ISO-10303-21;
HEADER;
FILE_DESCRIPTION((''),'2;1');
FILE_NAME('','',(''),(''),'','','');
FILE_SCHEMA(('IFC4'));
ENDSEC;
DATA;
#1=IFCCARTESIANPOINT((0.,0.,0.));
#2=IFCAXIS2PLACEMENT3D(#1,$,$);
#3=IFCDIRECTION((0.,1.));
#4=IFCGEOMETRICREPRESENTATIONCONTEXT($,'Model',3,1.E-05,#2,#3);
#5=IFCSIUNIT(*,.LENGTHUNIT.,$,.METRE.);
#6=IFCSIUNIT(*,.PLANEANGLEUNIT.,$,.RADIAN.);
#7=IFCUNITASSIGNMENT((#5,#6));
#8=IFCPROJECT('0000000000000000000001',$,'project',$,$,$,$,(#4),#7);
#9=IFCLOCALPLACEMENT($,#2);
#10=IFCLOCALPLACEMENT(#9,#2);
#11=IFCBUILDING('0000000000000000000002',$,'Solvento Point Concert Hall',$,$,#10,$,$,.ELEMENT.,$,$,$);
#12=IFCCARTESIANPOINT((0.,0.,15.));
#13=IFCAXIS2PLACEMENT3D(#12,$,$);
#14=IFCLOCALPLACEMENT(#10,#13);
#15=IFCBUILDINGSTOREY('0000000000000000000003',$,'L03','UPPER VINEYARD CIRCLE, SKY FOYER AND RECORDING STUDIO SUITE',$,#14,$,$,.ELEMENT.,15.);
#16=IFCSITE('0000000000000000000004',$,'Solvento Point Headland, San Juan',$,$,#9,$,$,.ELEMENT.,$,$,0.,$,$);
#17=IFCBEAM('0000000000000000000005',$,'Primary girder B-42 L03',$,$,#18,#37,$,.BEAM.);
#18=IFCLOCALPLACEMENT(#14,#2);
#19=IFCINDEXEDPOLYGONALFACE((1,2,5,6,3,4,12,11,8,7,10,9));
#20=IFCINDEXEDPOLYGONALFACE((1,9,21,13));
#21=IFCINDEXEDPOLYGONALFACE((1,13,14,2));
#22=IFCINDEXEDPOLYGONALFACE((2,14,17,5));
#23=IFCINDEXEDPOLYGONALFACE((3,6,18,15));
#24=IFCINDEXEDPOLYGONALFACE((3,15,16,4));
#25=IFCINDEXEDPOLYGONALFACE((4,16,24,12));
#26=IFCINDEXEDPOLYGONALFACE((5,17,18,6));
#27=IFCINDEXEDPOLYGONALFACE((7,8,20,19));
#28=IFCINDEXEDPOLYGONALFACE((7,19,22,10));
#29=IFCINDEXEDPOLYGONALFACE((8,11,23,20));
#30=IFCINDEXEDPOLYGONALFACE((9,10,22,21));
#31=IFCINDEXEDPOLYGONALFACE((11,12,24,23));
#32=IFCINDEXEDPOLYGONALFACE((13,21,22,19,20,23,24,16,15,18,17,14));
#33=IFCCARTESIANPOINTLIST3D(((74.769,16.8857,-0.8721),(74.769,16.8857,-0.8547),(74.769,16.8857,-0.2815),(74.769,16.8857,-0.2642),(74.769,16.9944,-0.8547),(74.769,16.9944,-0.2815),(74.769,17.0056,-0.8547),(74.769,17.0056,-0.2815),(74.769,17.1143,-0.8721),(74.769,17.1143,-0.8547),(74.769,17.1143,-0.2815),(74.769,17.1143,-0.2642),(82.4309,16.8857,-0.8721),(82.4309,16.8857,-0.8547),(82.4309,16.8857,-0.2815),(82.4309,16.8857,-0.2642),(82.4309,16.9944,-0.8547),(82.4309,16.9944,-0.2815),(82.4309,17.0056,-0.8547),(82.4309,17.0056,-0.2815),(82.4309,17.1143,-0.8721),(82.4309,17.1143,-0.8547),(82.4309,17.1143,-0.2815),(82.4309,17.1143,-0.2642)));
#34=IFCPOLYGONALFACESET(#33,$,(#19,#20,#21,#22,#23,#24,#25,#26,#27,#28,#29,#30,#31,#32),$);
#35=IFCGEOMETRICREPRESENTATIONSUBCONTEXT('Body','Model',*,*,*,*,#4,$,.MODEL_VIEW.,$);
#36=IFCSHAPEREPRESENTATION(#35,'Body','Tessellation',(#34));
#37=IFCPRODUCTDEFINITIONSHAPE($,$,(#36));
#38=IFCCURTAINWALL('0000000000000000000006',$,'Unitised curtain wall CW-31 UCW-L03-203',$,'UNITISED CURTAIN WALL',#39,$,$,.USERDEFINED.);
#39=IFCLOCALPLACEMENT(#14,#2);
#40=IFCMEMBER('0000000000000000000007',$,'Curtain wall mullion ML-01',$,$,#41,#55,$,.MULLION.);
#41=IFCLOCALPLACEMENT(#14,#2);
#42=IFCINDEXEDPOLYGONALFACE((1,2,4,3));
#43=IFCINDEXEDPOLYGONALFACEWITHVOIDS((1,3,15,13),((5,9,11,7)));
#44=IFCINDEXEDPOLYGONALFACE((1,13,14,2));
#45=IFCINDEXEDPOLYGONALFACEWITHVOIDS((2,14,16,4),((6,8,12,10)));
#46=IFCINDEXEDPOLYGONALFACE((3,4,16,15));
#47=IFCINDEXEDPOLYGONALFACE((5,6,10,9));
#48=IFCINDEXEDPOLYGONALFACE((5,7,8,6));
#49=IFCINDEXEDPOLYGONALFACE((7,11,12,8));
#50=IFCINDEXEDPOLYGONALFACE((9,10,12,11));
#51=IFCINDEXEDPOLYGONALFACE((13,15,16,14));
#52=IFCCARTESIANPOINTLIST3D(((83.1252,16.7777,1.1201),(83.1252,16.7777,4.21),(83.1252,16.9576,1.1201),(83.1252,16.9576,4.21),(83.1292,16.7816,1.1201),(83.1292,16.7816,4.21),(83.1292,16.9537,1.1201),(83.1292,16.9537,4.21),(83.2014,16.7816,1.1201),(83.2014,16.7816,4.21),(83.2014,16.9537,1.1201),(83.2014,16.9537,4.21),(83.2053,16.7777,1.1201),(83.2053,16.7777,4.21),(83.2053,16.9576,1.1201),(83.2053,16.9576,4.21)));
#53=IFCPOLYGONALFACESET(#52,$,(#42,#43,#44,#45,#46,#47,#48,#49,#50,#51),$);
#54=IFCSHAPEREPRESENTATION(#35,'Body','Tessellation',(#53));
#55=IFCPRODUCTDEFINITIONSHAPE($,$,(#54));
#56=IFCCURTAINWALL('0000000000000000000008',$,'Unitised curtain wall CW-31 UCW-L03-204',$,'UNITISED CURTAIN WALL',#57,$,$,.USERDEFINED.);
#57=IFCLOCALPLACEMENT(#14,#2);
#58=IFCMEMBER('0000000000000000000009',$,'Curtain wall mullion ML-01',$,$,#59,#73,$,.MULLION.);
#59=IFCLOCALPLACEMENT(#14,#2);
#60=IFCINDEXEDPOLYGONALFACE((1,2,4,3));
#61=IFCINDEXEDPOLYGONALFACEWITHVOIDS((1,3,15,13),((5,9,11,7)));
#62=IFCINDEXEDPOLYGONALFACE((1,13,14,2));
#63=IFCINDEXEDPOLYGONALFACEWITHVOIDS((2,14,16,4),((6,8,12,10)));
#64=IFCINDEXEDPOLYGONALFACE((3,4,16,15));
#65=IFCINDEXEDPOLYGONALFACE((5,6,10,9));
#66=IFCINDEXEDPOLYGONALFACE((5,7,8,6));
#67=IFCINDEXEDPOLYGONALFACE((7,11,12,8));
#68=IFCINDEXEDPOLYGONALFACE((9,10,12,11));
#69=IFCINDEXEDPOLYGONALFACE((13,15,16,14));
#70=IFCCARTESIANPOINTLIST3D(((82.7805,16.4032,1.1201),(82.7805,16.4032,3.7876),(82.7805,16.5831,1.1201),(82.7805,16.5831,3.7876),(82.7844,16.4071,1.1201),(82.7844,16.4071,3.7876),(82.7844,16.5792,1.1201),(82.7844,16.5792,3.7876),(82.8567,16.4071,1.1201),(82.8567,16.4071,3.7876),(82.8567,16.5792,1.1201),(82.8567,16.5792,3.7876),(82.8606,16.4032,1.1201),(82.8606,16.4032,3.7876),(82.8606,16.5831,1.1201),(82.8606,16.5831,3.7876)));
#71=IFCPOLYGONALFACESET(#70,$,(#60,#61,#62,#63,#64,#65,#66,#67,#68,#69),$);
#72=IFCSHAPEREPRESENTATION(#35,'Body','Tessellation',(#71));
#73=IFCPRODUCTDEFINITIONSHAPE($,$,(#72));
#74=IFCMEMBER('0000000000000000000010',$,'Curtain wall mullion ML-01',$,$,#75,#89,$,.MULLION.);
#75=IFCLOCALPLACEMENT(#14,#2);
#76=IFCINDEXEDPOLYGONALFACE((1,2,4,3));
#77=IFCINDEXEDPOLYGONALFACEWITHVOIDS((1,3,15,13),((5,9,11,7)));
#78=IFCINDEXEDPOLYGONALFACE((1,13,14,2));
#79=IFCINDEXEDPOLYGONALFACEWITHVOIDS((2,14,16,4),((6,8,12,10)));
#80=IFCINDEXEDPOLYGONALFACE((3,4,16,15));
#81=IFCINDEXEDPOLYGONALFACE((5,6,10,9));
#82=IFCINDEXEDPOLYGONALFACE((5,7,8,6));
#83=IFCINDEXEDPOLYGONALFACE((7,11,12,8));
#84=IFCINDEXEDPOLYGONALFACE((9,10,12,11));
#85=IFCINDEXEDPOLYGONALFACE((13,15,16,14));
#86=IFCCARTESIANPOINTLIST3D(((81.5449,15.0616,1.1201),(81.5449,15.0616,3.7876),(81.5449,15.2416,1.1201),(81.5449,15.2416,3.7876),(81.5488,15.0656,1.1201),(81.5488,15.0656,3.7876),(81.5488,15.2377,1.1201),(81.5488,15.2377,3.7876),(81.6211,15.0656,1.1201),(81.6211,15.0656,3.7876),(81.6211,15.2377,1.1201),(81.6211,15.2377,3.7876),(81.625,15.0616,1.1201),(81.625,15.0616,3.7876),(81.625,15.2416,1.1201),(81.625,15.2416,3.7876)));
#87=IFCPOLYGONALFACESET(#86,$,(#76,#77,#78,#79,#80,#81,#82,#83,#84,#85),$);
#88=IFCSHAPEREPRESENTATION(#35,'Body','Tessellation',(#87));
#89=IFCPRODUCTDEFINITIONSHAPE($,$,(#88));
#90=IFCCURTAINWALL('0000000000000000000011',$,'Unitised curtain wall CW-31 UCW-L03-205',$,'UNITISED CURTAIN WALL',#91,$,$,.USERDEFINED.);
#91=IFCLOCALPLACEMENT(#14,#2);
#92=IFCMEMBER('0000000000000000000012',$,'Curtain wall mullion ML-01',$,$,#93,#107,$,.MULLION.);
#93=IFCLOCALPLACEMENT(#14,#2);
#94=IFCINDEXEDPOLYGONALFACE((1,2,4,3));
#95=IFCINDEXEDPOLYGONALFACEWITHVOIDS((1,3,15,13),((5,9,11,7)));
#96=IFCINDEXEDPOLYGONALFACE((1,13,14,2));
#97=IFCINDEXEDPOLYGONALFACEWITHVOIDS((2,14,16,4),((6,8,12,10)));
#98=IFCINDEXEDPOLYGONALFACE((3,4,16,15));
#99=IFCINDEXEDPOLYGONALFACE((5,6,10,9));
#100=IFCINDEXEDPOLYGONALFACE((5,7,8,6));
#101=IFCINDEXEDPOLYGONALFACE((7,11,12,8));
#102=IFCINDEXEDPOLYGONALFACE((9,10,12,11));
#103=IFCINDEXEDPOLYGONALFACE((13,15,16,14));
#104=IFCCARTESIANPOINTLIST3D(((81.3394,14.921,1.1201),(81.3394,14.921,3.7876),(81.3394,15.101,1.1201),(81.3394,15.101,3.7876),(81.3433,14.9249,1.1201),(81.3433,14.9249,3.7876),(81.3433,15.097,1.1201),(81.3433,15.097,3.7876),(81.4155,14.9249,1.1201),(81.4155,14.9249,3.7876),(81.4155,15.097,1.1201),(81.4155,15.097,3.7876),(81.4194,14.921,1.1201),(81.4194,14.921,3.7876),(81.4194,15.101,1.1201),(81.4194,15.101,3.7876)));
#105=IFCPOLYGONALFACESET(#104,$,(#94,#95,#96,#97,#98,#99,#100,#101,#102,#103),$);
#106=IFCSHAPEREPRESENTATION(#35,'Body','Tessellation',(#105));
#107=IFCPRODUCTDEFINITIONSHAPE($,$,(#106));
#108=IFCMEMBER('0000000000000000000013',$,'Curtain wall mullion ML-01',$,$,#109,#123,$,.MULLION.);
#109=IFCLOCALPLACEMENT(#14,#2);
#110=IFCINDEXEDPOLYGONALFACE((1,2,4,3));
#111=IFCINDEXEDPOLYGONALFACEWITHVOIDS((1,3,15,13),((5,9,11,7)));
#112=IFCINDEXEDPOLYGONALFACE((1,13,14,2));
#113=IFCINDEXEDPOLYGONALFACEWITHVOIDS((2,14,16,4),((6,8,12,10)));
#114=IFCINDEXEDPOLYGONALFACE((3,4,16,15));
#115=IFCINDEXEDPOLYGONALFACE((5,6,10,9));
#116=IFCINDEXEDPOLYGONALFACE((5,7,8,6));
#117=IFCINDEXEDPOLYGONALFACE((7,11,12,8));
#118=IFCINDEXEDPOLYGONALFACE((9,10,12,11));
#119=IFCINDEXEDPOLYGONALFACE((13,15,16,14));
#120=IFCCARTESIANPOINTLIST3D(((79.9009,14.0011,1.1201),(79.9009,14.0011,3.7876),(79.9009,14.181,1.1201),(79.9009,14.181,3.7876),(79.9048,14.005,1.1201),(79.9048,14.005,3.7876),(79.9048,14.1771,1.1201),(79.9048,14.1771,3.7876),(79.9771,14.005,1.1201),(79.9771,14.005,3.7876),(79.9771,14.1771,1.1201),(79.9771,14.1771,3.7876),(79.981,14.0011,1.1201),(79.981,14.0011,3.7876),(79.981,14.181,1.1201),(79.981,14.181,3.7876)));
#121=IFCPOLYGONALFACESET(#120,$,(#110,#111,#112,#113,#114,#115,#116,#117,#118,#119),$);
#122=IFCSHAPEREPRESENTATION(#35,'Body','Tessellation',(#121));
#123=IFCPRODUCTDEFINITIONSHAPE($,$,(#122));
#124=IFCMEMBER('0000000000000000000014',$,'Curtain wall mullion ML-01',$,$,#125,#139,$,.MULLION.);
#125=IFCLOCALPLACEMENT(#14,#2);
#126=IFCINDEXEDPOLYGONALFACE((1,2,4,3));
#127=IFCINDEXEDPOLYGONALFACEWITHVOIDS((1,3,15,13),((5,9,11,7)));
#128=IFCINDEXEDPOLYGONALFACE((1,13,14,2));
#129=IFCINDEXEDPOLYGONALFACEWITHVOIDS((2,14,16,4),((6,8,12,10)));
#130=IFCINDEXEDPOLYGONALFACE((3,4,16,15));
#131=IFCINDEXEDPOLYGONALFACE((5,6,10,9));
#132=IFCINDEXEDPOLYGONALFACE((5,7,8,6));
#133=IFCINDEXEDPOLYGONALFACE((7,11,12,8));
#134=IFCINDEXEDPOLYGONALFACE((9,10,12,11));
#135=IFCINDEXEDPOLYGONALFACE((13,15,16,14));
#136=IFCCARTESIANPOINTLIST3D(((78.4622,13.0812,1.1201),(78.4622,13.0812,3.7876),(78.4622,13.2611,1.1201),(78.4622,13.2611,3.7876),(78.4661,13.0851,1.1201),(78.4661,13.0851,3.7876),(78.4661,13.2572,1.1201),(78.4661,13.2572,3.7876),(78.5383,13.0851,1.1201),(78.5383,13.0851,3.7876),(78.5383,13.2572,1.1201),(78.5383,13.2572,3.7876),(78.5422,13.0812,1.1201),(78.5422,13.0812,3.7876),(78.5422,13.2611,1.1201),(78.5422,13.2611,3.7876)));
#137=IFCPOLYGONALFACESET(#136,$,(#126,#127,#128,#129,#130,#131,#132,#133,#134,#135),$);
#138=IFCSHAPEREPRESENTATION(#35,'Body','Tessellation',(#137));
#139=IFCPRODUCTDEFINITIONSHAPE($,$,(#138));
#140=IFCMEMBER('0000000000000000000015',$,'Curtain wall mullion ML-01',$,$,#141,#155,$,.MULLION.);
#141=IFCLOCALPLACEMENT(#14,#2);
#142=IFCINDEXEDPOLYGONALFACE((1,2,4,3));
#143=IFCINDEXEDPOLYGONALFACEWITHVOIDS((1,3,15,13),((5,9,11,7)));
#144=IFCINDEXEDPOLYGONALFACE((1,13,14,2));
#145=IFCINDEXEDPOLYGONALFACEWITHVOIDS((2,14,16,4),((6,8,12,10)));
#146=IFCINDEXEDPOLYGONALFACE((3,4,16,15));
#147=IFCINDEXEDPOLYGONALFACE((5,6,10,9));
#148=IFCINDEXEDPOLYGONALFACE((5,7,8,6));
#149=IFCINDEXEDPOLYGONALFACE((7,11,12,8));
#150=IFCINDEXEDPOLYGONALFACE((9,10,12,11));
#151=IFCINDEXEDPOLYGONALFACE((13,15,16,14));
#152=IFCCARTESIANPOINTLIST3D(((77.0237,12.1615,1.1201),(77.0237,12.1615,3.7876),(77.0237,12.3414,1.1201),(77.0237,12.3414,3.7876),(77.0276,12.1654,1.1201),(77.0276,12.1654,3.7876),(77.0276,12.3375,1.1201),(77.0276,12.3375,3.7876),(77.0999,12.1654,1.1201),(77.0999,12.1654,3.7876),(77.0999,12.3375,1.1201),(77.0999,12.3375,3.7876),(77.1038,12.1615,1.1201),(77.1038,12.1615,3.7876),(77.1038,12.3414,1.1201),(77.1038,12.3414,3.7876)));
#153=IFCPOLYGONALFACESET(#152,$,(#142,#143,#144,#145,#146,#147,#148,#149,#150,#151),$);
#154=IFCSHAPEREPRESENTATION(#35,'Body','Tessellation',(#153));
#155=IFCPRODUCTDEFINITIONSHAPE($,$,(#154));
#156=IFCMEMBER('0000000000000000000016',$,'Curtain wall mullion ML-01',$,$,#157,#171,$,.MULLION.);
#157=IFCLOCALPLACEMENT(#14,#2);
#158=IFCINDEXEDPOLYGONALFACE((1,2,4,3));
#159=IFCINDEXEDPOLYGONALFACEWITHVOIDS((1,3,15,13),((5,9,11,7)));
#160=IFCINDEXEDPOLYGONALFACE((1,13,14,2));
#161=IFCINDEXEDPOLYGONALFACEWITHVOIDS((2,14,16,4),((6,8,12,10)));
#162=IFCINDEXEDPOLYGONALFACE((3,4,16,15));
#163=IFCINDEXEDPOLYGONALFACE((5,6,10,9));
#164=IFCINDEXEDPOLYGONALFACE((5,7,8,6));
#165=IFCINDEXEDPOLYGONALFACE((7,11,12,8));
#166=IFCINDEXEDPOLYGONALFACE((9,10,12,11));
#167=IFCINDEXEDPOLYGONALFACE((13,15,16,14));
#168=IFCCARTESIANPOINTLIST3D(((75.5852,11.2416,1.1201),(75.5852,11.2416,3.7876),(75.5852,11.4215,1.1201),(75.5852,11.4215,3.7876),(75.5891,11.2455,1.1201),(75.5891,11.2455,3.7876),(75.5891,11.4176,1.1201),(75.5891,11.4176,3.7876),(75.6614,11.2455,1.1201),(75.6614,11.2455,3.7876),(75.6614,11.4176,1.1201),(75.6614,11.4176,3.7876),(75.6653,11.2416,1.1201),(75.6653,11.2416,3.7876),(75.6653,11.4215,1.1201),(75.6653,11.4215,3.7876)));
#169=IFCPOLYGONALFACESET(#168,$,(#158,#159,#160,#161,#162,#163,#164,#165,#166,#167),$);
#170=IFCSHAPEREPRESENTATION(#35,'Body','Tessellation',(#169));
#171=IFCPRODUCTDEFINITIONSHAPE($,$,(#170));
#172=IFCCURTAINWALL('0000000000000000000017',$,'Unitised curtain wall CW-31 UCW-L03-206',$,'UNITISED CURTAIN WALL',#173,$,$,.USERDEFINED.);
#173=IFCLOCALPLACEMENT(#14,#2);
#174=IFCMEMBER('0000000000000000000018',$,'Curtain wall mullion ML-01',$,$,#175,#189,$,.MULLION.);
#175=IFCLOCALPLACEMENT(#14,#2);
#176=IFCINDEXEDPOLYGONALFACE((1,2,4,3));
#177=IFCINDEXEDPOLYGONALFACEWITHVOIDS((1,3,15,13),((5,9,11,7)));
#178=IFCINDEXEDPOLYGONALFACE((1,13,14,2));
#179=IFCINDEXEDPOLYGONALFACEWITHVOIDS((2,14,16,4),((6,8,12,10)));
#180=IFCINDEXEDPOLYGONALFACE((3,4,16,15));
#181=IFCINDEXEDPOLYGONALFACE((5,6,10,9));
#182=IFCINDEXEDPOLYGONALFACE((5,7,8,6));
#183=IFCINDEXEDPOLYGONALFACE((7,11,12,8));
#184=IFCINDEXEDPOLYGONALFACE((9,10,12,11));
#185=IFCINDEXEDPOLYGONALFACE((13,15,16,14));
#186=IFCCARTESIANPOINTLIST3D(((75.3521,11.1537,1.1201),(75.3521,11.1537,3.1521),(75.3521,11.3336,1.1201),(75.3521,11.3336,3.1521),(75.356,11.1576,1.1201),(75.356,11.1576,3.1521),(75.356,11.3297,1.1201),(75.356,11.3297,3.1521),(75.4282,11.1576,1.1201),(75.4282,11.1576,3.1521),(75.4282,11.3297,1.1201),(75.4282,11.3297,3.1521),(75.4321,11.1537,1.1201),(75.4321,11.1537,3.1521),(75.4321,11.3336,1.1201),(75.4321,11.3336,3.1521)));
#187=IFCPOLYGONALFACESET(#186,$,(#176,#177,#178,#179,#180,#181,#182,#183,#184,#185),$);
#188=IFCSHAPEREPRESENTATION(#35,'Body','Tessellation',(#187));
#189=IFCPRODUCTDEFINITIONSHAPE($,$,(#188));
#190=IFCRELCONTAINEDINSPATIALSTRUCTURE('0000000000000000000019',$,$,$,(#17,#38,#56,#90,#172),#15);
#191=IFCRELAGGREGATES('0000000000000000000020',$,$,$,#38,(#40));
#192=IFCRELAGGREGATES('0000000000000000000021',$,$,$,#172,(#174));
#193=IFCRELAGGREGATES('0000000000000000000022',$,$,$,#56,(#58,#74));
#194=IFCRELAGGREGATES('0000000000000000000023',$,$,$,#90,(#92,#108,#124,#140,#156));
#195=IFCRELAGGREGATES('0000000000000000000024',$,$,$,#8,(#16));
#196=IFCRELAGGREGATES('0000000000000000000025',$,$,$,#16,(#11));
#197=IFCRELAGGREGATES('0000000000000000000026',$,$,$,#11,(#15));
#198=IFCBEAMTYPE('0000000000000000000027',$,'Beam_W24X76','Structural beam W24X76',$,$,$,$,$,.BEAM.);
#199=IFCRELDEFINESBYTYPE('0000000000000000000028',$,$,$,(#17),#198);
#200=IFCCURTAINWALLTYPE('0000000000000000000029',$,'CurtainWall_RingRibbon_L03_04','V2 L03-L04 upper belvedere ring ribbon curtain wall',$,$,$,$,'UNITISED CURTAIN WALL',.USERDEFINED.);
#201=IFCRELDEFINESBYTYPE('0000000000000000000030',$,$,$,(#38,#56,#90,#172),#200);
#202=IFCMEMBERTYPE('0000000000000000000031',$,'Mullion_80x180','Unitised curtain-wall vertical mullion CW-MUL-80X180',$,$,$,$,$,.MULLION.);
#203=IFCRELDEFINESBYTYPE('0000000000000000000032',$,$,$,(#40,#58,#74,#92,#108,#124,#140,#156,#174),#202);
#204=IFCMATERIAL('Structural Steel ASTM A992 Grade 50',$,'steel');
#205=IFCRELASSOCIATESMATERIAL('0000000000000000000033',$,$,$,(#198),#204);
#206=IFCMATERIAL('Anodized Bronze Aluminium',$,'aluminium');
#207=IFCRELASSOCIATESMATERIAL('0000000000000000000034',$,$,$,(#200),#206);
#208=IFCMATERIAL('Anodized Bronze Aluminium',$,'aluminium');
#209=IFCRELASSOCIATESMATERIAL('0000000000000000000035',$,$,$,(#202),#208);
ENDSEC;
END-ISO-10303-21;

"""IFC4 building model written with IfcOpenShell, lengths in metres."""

from ifc_helpers import new_model, si_unit, direction, frame, origin, origin_2d, place, context, subcontext, project, spatial, hollow_rectangle, i_section, extrude, material, material_profile, profile_set, type_object, element, aggregate, save


model = new_model("IFC4")

# Units and contexts
model_context = context("Model", 3, precision=1e-05, world=origin(), true_north=direction((0.0, 1.0)))
body_context = subcontext(model_context, "Body", "Model", "MODEL_VIEW")
ifc_project = project(units=[si_unit("LENGTHUNIT", "METRE"), si_unit("PLANEANGLEUNIT", "RADIAN")], contexts=[model_context])

# Site, building, storey
site_placement = place(None, origin())
site = spatial("IfcSite", under=ifc_project, at=site_placement, Name="Solvento Point Headland, San Juan", CompositionType="ELEMENT", RefElevation=0.0)
building_placement = place(site_placement, origin())
building = spatial("IfcBuilding", under=site, at=building_placement, Name="Solvento Point Concert Hall", CompositionType="ELEMENT")
storey_placement = place(building_placement, frame((0.0, 0.0, 15.0)))
storey = spatial("IfcBuildingStorey", under=building, at=storey_placement, Name="L03", Description="UPPER VINEYARD CIRCLE, SKY FOYER AND RECORDING STUDIO SUITE", CompositionType="ELEMENT", Elevation=15.0)

# Beam
ifc_material_1 = material(Name="Structural Steel ASTM A992 Grade 50", Category="steel")
ifc_material_profile_1 = material_profile(ifc_material_1, i_section(OverallWidth=0.2285, OverallDepth=0.6079, WebThickness=0.0112, FlangeThickness=0.0173, at=origin_2d()), Name="W24X76")
ifc_profile_set_1 = profile_set([ifc_material_profile_1], Name="Structural Steel ASTM A992 Grade 50")
beam_type = type_object("IfcBeamType", Name="Beam_W24X76", Description="Structural beam W24X76", PredefinedType="BEAM", material=ifc_profile_set_1)
beam_placement = place(storey_placement, frame((74.769, 17.0, -0.5681), z_axis=(1.0, 0.0, 0.0), x_axis=(0.0, 1.0, 0.0)))
element("IfcBeam", 1, at=beam_placement, inside=storey, type_object=beam_type, Name="Primary girder B-42 L03", PredefinedType="BEAM", context=body_context, shape_type="SweptSolid", body=[
    extrude(i_section(OverallWidth=0.2285, OverallDepth=0.6079, WebThickness=0.0112, FlangeThickness=0.0173, at=origin_2d()), origin(), (0.0, 0.0, 1.0), 7.6619),
])

# Curtain wall, member
ifc_material_2 = material(Name="Anodized Bronze Aluminium", Category="aluminium")
curtain_wall_type = type_object("IfcCurtainWallType", Name="CurtainWall_RingRibbon_L03_04", Description="V2 L03-L04 upper belvedere ring ribbon curtain wall", ElementType="UNITISED CURTAIN WALL", PredefinedType="USERDEFINED", material=ifc_material_2)
curtain_wall_1_placement = place(storey_placement, origin())
curtain_wall_1 = element("IfcCurtainWall", 2, at=curtain_wall_1_placement, inside=storey, type_object=curtain_wall_type, Name="Unitised curtain wall CW-31 UCW-L03-203", ObjectType="UNITISED CURTAIN WALL", PredefinedType="USERDEFINED")
ifc_material_3 = material(Name="Anodized Bronze Aluminium", Category="aluminium")
ifc_material_profile_2 = material_profile(ifc_material_3, hollow_rectangle(XDim=0.0801, YDim=0.1799, WallThickness=0.0039, at=origin_2d()), Name="CW-MUL-80X180")
ifc_profile_set_2 = profile_set([ifc_material_profile_2], Name="Anodized Bronze Aluminium")
member_type_1 = type_object("IfcMemberType", Name="Mullion_80x180", Description="Unitised curtain-wall vertical mullion CW-MUL-80X180", PredefinedType="MULLION", material=ifc_profile_set_2)
member_1_placement = place(storey_placement, frame((83.1653, 16.8677, 1.1201), z_axis=(0.0, 0.0, 1.0), x_axis=(1.0, 0.0, 0.0)))
member_1 = element("IfcMember", 3, at=member_1_placement, type_object=member_type_1, Name="Curtain wall mullion ML-01", PredefinedType="MULLION", context=body_context, shape_type="SweptSolid", body=[
    extrude(hollow_rectangle(XDim=0.0801, YDim=0.1799, WallThickness=0.0039, at=origin_2d()), origin(), (0.0, 0.0, 1.0), 3.0898),
])
aggregate(curtain_wall_1, [member_1])

# Curtain walls, members
curtain_wall_2_placement = place(storey_placement, origin())
curtain_wall_2 = element("IfcCurtainWall", 4, at=curtain_wall_2_placement, inside=storey, type_object=curtain_wall_type, Name="Unitised curtain wall CW-31 UCW-L03-204", ObjectType="UNITISED CURTAIN WALL", PredefinedType="USERDEFINED")
member_2_placement = place(storey_placement, frame((82.8206, 16.4932, 1.1201), z_axis=(0.0, 0.0, 1.0), x_axis=(1.0, 0.0, 0.0)))
member_2 = element("IfcMember", 5, at=member_2_placement, type_object=member_type_1, Name="Curtain wall mullion ML-01", PredefinedType="MULLION", context=body_context, shape_type="SweptSolid", body=[
    extrude(hollow_rectangle(XDim=0.0801, YDim=0.1799, WallThickness=0.0039, at=origin_2d()), origin(), (0.0, 0.0, 1.0), 2.6675),
])
member_3_placement = place(storey_placement, frame((81.585, 15.1516, 1.1201), z_axis=(0.0, 0.0, 1.0), x_axis=(1.0, 0.0, 0.0)))
member_3 = element("IfcMember", 6, at=member_3_placement, type_object=member_type_1, Name="Curtain wall mullion ML-01", PredefinedType="MULLION", context=body_context, shape_type="SweptSolid", body=[
    extrude(hollow_rectangle(XDim=0.0801, YDim=0.1799, WallThickness=0.0039, at=origin_2d()), origin(), (0.0, 0.0, 1.0), 2.6675),
])
curtain_wall_3_placement = place(storey_placement, origin())
curtain_wall_3 = element("IfcCurtainWall", 7, at=curtain_wall_3_placement, inside=storey, type_object=curtain_wall_type, Name="Unitised curtain wall CW-31 UCW-L03-205", ObjectType="UNITISED CURTAIN WALL", PredefinedType="USERDEFINED")
member_4_placement = place(storey_placement, frame((81.3794, 15.011, 1.1201), z_axis=(0.0, 0.0, 1.0), x_axis=(1.0, 0.0, 0.0)))
member_4 = element("IfcMember", 8, at=member_4_placement, type_object=member_type_1, Name="Curtain wall mullion ML-01", PredefinedType="MULLION", context=body_context, shape_type="SweptSolid", body=[
    extrude(hollow_rectangle(XDim=0.0801, YDim=0.1799, WallThickness=0.0039, at=origin_2d()), origin(), (0.0, 0.0, 1.0), 2.6675),
])
member_5_placement = place(storey_placement, frame((79.9409, 14.0911, 1.1201), z_axis=(0.0, 0.0, 1.0), x_axis=(1.0, 0.0, 0.0)))
member_5 = element("IfcMember", 9, at=member_5_placement, type_object=member_type_1, Name="Curtain wall mullion ML-01", PredefinedType="MULLION", context=body_context, shape_type="SweptSolid", body=[
    extrude(hollow_rectangle(XDim=0.0801, YDim=0.1799, WallThickness=0.0039, at=origin_2d()), origin(), (0.0, 0.0, 1.0), 2.6675),
])
member_6_placement = place(storey_placement, frame((78.5022, 13.1711, 1.1201), z_axis=(0.0, 0.0, 1.0), x_axis=(1.0, 0.0, 0.0)))
member_6 = element("IfcMember", 10, at=member_6_placement, type_object=member_type_1, Name="Curtain wall mullion ML-01", PredefinedType="MULLION", context=body_context, shape_type="SweptSolid", body=[
    extrude(hollow_rectangle(XDim=0.0801, YDim=0.1799, WallThickness=0.0039, at=origin_2d()), origin(), (0.0, 0.0, 1.0), 2.6675),
])
member_7_placement = place(storey_placement, frame((77.0637, 12.2515, 1.1201), z_axis=(0.0, 0.0, 1.0), x_axis=(1.0, 0.0, 0.0)))
member_7 = element("IfcMember", 11, at=member_7_placement, type_object=member_type_1, Name="Curtain wall mullion ML-01", PredefinedType="MULLION", context=body_context, shape_type="SweptSolid", body=[
    extrude(hollow_rectangle(XDim=0.0801, YDim=0.1799, WallThickness=0.0039, at=origin_2d()), origin(), (0.0, 0.0, 1.0), 2.6675),
])
member_8_placement = place(storey_placement, frame((75.6252, 11.3315, 1.1201), z_axis=(0.0, 0.0, 1.0), x_axis=(1.0, 0.0, 0.0)))
member_8 = element("IfcMember", 12, at=member_8_placement, type_object=member_type_1, Name="Curtain wall mullion ML-01", PredefinedType="MULLION", context=body_context, shape_type="SweptSolid", body=[
    extrude(hollow_rectangle(XDim=0.0801, YDim=0.1799, WallThickness=0.0039, at=origin_2d()), origin(), (0.0, 0.0, 1.0), 2.6675),
])

# Curtain wall, member
curtain_wall_4_placement = place(storey_placement, origin())
curtain_wall_4 = element("IfcCurtainWall", 13, at=curtain_wall_4_placement, inside=storey, type_object=curtain_wall_type, Name="Unitised curtain wall CW-31 UCW-L03-206", ObjectType="UNITISED CURTAIN WALL", PredefinedType="USERDEFINED")
member_9_placement = place(storey_placement, frame((75.3921, 11.2437, 1.1201), z_axis=(0.0, 0.0, 1.0), x_axis=(1.0, 0.0, 0.0)))
member_9 = element("IfcMember", 14, at=member_9_placement, type_object=member_type_1, Name="Curtain wall mullion ML-01", PredefinedType="MULLION", context=body_context, shape_type="SweptSolid", body=[
    extrude(hollow_rectangle(XDim=0.0801, YDim=0.1799, WallThickness=0.0039, at=origin_2d()), origin(), (0.0, 0.0, 1.0), 2.032),
])

aggregate(curtain_wall_4, [member_9])

aggregate(curtain_wall_2, [member_2, member_3])
aggregate(curtain_wall_3, [member_4, member_5, member_6, member_7, member_8])

save(model, "model.ifc")
